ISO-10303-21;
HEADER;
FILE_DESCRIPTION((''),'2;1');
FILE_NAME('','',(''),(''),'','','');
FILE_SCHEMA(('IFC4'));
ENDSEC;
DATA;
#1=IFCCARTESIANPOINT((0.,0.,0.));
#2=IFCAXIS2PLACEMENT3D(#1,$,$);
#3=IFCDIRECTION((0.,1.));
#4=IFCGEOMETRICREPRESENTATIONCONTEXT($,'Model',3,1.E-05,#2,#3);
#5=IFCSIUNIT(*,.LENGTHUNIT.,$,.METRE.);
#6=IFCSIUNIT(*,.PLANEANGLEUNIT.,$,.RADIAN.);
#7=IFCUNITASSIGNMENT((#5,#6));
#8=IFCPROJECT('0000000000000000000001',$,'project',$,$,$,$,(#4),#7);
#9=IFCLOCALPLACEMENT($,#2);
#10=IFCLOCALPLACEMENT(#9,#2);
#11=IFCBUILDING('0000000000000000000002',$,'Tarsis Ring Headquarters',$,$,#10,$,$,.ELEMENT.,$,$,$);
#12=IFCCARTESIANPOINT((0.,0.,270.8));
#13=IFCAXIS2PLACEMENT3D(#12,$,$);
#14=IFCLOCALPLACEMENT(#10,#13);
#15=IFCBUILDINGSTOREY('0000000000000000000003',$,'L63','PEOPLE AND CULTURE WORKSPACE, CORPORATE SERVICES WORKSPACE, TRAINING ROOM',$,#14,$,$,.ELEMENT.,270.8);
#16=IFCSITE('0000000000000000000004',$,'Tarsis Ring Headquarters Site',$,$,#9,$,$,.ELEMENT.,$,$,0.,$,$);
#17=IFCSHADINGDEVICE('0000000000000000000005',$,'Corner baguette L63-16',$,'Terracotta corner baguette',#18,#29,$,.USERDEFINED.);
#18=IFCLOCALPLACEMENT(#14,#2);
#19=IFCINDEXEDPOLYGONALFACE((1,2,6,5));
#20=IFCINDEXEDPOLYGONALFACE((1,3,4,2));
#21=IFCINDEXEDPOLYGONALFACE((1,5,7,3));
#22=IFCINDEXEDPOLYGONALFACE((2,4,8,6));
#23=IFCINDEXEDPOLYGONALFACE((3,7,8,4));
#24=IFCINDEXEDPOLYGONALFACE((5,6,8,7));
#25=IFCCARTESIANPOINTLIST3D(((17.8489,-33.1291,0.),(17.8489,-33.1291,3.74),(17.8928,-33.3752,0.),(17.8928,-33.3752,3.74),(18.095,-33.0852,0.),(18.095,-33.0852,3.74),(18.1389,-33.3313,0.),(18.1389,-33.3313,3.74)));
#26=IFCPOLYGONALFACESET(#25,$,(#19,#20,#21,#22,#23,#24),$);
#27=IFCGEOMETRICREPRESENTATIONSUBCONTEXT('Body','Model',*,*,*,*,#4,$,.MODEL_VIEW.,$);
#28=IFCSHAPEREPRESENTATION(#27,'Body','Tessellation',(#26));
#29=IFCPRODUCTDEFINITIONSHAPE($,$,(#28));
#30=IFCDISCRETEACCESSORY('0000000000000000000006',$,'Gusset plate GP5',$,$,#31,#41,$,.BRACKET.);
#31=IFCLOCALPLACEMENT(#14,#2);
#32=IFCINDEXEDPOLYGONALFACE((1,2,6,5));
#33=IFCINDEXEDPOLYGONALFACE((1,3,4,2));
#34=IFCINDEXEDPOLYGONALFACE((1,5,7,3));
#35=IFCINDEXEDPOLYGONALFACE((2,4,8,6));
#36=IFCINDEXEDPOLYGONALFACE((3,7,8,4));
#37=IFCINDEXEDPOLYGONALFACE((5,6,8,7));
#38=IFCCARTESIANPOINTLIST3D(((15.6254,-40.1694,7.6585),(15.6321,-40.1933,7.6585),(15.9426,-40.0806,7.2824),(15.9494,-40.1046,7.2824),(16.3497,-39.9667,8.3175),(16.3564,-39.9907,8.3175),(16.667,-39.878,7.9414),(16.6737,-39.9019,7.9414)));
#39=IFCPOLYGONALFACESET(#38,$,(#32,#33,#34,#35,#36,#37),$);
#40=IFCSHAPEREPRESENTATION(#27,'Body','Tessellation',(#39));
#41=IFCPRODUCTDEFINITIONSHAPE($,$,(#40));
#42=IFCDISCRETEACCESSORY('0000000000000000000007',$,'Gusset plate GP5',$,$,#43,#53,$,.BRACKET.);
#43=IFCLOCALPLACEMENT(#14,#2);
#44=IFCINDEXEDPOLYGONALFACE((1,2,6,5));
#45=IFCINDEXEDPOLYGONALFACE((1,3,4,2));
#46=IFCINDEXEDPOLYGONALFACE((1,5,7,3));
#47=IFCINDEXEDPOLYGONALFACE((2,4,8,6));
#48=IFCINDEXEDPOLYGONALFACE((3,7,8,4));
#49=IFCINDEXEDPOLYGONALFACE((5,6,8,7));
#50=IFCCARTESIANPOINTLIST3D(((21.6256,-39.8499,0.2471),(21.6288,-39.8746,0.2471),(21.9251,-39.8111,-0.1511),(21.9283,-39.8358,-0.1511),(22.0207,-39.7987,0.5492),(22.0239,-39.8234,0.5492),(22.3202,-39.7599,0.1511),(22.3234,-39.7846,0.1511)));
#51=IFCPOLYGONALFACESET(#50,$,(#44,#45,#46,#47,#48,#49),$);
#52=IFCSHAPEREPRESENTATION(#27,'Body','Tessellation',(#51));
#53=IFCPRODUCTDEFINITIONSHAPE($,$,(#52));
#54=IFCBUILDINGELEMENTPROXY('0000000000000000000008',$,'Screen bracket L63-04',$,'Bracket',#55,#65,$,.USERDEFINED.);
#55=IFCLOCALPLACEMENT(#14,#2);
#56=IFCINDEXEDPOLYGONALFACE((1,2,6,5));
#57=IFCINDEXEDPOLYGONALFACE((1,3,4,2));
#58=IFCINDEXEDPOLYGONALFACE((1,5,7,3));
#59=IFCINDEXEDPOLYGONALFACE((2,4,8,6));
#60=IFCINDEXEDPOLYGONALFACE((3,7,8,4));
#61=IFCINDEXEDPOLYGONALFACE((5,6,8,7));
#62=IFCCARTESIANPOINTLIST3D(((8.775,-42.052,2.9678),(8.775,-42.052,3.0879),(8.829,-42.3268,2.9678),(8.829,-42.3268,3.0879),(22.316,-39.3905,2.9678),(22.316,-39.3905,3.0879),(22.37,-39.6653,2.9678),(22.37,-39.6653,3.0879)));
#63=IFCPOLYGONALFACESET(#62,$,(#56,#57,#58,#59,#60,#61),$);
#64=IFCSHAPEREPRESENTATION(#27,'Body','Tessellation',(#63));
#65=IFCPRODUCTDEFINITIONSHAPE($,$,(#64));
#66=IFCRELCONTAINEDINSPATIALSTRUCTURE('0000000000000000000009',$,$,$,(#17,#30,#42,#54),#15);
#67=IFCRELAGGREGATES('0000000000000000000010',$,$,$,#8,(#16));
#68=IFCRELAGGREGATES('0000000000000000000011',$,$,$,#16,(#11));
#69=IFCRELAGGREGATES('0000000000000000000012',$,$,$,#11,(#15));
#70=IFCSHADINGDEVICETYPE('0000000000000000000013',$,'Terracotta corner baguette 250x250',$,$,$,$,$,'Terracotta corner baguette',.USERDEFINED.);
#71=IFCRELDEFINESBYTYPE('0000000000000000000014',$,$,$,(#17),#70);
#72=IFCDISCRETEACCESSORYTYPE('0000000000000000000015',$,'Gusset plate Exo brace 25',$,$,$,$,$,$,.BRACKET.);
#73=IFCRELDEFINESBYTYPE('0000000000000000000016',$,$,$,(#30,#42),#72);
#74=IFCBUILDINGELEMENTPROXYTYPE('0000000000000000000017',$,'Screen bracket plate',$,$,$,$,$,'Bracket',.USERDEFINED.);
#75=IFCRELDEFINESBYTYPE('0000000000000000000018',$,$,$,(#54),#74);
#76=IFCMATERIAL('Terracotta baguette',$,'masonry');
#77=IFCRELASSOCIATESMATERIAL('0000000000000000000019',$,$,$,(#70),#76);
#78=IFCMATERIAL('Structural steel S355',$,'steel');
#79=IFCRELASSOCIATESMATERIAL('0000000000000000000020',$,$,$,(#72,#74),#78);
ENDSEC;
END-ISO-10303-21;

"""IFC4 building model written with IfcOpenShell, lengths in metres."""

from ifc_helpers import new_model, si_unit, direction, frame, origin, origin_2d, place, context, subcontext, project, spatial, rectangle, extrude, material, material_profile, profile_set, type_object, element, save


model = new_model("IFC4")

# Units and contexts
model_context = context("Model", 3, precision=1e-05, world=origin(), true_north=direction((0.0, 1.0)))
body_context = subcontext(model_context, "Body", "Model", "MODEL_VIEW")
ifc_project = project(units=[si_unit("LENGTHUNIT", "METRE"), si_unit("PLANEANGLEUNIT", "RADIAN")], contexts=[model_context])

# Site, building, storey
site_placement = place(None, origin())
site = spatial("IfcSite", under=ifc_project, at=site_placement, Name="Tarsis Ring Headquarters Site", CompositionType="ELEMENT", RefElevation=0.0)
building_placement = place(site_placement, origin())
building = spatial("IfcBuilding", under=site, at=building_placement, Name="Tarsis Ring Headquarters", CompositionType="ELEMENT")
storey_placement = place(building_placement, frame((0.0, 0.0, 270.8)))
storey = spatial("IfcBuildingStorey", under=building, at=storey_placement, Name="L63", Description="PEOPLE AND CULTURE WORKSPACE, CORPORATE SERVICES WORKSPACE, TRAINING ROOM", CompositionType="ELEMENT", Elevation=270.8)

# Shared definitions
ifc_material_1 = material(Name="Structural steel S355", Category="steel")

# Shading device
ifc_material_2 = material(Name="Terracotta baguette", Category="masonry")
shading_device_type_1 = type_object("IfcShadingDeviceType", Name="Terracotta corner baguette 250x250", ElementType="Terracotta corner baguette", PredefinedType="USERDEFINED", material=ifc_material_2)
for number, where, z_axis, x_axis, name in (
    (1, (17.9939, -33.2302, 0.0), (0.0, 0.0, 1.0), (0.984442, 0.17571, 0.0), "Corner baguette L63-16"),
):
    element("IfcShadingDevice", number, at=place(storey_placement, frame(where, z_axis=z_axis, x_axis=x_axis)), inside=storey, type_object=shading_device_type_1, Name=name, ObjectType="Terracotta corner baguette", PredefinedType="USERDEFINED", context=body_context, shape_type="SweptSolid", body=[
        extrude(rectangle(XDim=0.25, YDim=0.25, at=origin_2d()), origin(), (0.0, 0.0, 1.0), 3.74),
    ])

# Discrete accessories
ifc_material_profile_1 = material_profile(ifc_material_1, rectangle(XDim=0.0249, YDim=0.5, at=origin_2d()), Name="PL 25x500")
ifc_profile_set_1 = profile_set([ifc_material_profile_1], Name="Structural steel S355")
discrete_accessory_type = type_object("IfcDiscreteAccessoryType", Name="Gusset plate Exo brace 25", PredefinedType="BRACKET", material=ifc_profile_set_1)
discrete_accessory_1_placement = place(storey_placement, frame((15.7874, -40.137, 7.4705), z_axis=(0.724379, 0.20264, 0.658948), x_axis=(-0.269401, 0.963028, 0.0)))
element("IfcDiscreteAccessory", 2, at=discrete_accessory_1_placement, inside=storey, type_object=discrete_accessory_type, Name="Gusset plate GP5", PredefinedType="BRACKET", context=body_context, shape_type="SweptSolid", body=[
    extrude(rectangle(XDim=0.0249, YDim=0.5, at=origin_2d()), origin(), (0.0, 0.0, 1.0), 1.0),
])
discrete_accessory_2_placement = place(storey_placement, frame((22.1243, -39.7979, 0.0), z_axis=(-0.599359, -0.077668, 0.796703), x_axis=(0.12851, -0.991708, 0.0)))
element("IfcDiscreteAccessory", 3, at=discrete_accessory_2_placement, inside=storey, type_object=discrete_accessory_type, Name="Gusset plate GP5", PredefinedType="BRACKET", context=body_context, shape_type="SweptSolid", body=[
    extrude(rectangle(XDim=0.0249, YDim=0.5, at=origin_2d()), origin(), (0.0, 0.0, 1.0), 0.4998),
])

# Building element proxy
building_element_proxy_type = type_object("IfcBuildingElementProxyType", Name="Screen bracket plate", ElementType="Bracket", PredefinedType="USERDEFINED", material=ifc_material_1)
proxy_placement = place(storey_placement, frame((15.5725, -40.8586, 2.9678), z_axis=(0.0, 0.0, 1.0), x_axis=(0.981225, 0.192864, 0.0)))
element("IfcBuildingElementProxy", 4, at=proxy_placement, inside=storey, type_object=building_element_proxy_type, Name="Screen bracket L63-04", ObjectType="Bracket", PredefinedType="USERDEFINED", context=body_context, shape_type="SweptSolid", body=[
    extrude(rectangle(XDim=13.8, YDim=0.28, at=origin_2d()), origin(), (0.0, 0.0, 1.0), 0.1201),
])

save(model, "model.ifc")
